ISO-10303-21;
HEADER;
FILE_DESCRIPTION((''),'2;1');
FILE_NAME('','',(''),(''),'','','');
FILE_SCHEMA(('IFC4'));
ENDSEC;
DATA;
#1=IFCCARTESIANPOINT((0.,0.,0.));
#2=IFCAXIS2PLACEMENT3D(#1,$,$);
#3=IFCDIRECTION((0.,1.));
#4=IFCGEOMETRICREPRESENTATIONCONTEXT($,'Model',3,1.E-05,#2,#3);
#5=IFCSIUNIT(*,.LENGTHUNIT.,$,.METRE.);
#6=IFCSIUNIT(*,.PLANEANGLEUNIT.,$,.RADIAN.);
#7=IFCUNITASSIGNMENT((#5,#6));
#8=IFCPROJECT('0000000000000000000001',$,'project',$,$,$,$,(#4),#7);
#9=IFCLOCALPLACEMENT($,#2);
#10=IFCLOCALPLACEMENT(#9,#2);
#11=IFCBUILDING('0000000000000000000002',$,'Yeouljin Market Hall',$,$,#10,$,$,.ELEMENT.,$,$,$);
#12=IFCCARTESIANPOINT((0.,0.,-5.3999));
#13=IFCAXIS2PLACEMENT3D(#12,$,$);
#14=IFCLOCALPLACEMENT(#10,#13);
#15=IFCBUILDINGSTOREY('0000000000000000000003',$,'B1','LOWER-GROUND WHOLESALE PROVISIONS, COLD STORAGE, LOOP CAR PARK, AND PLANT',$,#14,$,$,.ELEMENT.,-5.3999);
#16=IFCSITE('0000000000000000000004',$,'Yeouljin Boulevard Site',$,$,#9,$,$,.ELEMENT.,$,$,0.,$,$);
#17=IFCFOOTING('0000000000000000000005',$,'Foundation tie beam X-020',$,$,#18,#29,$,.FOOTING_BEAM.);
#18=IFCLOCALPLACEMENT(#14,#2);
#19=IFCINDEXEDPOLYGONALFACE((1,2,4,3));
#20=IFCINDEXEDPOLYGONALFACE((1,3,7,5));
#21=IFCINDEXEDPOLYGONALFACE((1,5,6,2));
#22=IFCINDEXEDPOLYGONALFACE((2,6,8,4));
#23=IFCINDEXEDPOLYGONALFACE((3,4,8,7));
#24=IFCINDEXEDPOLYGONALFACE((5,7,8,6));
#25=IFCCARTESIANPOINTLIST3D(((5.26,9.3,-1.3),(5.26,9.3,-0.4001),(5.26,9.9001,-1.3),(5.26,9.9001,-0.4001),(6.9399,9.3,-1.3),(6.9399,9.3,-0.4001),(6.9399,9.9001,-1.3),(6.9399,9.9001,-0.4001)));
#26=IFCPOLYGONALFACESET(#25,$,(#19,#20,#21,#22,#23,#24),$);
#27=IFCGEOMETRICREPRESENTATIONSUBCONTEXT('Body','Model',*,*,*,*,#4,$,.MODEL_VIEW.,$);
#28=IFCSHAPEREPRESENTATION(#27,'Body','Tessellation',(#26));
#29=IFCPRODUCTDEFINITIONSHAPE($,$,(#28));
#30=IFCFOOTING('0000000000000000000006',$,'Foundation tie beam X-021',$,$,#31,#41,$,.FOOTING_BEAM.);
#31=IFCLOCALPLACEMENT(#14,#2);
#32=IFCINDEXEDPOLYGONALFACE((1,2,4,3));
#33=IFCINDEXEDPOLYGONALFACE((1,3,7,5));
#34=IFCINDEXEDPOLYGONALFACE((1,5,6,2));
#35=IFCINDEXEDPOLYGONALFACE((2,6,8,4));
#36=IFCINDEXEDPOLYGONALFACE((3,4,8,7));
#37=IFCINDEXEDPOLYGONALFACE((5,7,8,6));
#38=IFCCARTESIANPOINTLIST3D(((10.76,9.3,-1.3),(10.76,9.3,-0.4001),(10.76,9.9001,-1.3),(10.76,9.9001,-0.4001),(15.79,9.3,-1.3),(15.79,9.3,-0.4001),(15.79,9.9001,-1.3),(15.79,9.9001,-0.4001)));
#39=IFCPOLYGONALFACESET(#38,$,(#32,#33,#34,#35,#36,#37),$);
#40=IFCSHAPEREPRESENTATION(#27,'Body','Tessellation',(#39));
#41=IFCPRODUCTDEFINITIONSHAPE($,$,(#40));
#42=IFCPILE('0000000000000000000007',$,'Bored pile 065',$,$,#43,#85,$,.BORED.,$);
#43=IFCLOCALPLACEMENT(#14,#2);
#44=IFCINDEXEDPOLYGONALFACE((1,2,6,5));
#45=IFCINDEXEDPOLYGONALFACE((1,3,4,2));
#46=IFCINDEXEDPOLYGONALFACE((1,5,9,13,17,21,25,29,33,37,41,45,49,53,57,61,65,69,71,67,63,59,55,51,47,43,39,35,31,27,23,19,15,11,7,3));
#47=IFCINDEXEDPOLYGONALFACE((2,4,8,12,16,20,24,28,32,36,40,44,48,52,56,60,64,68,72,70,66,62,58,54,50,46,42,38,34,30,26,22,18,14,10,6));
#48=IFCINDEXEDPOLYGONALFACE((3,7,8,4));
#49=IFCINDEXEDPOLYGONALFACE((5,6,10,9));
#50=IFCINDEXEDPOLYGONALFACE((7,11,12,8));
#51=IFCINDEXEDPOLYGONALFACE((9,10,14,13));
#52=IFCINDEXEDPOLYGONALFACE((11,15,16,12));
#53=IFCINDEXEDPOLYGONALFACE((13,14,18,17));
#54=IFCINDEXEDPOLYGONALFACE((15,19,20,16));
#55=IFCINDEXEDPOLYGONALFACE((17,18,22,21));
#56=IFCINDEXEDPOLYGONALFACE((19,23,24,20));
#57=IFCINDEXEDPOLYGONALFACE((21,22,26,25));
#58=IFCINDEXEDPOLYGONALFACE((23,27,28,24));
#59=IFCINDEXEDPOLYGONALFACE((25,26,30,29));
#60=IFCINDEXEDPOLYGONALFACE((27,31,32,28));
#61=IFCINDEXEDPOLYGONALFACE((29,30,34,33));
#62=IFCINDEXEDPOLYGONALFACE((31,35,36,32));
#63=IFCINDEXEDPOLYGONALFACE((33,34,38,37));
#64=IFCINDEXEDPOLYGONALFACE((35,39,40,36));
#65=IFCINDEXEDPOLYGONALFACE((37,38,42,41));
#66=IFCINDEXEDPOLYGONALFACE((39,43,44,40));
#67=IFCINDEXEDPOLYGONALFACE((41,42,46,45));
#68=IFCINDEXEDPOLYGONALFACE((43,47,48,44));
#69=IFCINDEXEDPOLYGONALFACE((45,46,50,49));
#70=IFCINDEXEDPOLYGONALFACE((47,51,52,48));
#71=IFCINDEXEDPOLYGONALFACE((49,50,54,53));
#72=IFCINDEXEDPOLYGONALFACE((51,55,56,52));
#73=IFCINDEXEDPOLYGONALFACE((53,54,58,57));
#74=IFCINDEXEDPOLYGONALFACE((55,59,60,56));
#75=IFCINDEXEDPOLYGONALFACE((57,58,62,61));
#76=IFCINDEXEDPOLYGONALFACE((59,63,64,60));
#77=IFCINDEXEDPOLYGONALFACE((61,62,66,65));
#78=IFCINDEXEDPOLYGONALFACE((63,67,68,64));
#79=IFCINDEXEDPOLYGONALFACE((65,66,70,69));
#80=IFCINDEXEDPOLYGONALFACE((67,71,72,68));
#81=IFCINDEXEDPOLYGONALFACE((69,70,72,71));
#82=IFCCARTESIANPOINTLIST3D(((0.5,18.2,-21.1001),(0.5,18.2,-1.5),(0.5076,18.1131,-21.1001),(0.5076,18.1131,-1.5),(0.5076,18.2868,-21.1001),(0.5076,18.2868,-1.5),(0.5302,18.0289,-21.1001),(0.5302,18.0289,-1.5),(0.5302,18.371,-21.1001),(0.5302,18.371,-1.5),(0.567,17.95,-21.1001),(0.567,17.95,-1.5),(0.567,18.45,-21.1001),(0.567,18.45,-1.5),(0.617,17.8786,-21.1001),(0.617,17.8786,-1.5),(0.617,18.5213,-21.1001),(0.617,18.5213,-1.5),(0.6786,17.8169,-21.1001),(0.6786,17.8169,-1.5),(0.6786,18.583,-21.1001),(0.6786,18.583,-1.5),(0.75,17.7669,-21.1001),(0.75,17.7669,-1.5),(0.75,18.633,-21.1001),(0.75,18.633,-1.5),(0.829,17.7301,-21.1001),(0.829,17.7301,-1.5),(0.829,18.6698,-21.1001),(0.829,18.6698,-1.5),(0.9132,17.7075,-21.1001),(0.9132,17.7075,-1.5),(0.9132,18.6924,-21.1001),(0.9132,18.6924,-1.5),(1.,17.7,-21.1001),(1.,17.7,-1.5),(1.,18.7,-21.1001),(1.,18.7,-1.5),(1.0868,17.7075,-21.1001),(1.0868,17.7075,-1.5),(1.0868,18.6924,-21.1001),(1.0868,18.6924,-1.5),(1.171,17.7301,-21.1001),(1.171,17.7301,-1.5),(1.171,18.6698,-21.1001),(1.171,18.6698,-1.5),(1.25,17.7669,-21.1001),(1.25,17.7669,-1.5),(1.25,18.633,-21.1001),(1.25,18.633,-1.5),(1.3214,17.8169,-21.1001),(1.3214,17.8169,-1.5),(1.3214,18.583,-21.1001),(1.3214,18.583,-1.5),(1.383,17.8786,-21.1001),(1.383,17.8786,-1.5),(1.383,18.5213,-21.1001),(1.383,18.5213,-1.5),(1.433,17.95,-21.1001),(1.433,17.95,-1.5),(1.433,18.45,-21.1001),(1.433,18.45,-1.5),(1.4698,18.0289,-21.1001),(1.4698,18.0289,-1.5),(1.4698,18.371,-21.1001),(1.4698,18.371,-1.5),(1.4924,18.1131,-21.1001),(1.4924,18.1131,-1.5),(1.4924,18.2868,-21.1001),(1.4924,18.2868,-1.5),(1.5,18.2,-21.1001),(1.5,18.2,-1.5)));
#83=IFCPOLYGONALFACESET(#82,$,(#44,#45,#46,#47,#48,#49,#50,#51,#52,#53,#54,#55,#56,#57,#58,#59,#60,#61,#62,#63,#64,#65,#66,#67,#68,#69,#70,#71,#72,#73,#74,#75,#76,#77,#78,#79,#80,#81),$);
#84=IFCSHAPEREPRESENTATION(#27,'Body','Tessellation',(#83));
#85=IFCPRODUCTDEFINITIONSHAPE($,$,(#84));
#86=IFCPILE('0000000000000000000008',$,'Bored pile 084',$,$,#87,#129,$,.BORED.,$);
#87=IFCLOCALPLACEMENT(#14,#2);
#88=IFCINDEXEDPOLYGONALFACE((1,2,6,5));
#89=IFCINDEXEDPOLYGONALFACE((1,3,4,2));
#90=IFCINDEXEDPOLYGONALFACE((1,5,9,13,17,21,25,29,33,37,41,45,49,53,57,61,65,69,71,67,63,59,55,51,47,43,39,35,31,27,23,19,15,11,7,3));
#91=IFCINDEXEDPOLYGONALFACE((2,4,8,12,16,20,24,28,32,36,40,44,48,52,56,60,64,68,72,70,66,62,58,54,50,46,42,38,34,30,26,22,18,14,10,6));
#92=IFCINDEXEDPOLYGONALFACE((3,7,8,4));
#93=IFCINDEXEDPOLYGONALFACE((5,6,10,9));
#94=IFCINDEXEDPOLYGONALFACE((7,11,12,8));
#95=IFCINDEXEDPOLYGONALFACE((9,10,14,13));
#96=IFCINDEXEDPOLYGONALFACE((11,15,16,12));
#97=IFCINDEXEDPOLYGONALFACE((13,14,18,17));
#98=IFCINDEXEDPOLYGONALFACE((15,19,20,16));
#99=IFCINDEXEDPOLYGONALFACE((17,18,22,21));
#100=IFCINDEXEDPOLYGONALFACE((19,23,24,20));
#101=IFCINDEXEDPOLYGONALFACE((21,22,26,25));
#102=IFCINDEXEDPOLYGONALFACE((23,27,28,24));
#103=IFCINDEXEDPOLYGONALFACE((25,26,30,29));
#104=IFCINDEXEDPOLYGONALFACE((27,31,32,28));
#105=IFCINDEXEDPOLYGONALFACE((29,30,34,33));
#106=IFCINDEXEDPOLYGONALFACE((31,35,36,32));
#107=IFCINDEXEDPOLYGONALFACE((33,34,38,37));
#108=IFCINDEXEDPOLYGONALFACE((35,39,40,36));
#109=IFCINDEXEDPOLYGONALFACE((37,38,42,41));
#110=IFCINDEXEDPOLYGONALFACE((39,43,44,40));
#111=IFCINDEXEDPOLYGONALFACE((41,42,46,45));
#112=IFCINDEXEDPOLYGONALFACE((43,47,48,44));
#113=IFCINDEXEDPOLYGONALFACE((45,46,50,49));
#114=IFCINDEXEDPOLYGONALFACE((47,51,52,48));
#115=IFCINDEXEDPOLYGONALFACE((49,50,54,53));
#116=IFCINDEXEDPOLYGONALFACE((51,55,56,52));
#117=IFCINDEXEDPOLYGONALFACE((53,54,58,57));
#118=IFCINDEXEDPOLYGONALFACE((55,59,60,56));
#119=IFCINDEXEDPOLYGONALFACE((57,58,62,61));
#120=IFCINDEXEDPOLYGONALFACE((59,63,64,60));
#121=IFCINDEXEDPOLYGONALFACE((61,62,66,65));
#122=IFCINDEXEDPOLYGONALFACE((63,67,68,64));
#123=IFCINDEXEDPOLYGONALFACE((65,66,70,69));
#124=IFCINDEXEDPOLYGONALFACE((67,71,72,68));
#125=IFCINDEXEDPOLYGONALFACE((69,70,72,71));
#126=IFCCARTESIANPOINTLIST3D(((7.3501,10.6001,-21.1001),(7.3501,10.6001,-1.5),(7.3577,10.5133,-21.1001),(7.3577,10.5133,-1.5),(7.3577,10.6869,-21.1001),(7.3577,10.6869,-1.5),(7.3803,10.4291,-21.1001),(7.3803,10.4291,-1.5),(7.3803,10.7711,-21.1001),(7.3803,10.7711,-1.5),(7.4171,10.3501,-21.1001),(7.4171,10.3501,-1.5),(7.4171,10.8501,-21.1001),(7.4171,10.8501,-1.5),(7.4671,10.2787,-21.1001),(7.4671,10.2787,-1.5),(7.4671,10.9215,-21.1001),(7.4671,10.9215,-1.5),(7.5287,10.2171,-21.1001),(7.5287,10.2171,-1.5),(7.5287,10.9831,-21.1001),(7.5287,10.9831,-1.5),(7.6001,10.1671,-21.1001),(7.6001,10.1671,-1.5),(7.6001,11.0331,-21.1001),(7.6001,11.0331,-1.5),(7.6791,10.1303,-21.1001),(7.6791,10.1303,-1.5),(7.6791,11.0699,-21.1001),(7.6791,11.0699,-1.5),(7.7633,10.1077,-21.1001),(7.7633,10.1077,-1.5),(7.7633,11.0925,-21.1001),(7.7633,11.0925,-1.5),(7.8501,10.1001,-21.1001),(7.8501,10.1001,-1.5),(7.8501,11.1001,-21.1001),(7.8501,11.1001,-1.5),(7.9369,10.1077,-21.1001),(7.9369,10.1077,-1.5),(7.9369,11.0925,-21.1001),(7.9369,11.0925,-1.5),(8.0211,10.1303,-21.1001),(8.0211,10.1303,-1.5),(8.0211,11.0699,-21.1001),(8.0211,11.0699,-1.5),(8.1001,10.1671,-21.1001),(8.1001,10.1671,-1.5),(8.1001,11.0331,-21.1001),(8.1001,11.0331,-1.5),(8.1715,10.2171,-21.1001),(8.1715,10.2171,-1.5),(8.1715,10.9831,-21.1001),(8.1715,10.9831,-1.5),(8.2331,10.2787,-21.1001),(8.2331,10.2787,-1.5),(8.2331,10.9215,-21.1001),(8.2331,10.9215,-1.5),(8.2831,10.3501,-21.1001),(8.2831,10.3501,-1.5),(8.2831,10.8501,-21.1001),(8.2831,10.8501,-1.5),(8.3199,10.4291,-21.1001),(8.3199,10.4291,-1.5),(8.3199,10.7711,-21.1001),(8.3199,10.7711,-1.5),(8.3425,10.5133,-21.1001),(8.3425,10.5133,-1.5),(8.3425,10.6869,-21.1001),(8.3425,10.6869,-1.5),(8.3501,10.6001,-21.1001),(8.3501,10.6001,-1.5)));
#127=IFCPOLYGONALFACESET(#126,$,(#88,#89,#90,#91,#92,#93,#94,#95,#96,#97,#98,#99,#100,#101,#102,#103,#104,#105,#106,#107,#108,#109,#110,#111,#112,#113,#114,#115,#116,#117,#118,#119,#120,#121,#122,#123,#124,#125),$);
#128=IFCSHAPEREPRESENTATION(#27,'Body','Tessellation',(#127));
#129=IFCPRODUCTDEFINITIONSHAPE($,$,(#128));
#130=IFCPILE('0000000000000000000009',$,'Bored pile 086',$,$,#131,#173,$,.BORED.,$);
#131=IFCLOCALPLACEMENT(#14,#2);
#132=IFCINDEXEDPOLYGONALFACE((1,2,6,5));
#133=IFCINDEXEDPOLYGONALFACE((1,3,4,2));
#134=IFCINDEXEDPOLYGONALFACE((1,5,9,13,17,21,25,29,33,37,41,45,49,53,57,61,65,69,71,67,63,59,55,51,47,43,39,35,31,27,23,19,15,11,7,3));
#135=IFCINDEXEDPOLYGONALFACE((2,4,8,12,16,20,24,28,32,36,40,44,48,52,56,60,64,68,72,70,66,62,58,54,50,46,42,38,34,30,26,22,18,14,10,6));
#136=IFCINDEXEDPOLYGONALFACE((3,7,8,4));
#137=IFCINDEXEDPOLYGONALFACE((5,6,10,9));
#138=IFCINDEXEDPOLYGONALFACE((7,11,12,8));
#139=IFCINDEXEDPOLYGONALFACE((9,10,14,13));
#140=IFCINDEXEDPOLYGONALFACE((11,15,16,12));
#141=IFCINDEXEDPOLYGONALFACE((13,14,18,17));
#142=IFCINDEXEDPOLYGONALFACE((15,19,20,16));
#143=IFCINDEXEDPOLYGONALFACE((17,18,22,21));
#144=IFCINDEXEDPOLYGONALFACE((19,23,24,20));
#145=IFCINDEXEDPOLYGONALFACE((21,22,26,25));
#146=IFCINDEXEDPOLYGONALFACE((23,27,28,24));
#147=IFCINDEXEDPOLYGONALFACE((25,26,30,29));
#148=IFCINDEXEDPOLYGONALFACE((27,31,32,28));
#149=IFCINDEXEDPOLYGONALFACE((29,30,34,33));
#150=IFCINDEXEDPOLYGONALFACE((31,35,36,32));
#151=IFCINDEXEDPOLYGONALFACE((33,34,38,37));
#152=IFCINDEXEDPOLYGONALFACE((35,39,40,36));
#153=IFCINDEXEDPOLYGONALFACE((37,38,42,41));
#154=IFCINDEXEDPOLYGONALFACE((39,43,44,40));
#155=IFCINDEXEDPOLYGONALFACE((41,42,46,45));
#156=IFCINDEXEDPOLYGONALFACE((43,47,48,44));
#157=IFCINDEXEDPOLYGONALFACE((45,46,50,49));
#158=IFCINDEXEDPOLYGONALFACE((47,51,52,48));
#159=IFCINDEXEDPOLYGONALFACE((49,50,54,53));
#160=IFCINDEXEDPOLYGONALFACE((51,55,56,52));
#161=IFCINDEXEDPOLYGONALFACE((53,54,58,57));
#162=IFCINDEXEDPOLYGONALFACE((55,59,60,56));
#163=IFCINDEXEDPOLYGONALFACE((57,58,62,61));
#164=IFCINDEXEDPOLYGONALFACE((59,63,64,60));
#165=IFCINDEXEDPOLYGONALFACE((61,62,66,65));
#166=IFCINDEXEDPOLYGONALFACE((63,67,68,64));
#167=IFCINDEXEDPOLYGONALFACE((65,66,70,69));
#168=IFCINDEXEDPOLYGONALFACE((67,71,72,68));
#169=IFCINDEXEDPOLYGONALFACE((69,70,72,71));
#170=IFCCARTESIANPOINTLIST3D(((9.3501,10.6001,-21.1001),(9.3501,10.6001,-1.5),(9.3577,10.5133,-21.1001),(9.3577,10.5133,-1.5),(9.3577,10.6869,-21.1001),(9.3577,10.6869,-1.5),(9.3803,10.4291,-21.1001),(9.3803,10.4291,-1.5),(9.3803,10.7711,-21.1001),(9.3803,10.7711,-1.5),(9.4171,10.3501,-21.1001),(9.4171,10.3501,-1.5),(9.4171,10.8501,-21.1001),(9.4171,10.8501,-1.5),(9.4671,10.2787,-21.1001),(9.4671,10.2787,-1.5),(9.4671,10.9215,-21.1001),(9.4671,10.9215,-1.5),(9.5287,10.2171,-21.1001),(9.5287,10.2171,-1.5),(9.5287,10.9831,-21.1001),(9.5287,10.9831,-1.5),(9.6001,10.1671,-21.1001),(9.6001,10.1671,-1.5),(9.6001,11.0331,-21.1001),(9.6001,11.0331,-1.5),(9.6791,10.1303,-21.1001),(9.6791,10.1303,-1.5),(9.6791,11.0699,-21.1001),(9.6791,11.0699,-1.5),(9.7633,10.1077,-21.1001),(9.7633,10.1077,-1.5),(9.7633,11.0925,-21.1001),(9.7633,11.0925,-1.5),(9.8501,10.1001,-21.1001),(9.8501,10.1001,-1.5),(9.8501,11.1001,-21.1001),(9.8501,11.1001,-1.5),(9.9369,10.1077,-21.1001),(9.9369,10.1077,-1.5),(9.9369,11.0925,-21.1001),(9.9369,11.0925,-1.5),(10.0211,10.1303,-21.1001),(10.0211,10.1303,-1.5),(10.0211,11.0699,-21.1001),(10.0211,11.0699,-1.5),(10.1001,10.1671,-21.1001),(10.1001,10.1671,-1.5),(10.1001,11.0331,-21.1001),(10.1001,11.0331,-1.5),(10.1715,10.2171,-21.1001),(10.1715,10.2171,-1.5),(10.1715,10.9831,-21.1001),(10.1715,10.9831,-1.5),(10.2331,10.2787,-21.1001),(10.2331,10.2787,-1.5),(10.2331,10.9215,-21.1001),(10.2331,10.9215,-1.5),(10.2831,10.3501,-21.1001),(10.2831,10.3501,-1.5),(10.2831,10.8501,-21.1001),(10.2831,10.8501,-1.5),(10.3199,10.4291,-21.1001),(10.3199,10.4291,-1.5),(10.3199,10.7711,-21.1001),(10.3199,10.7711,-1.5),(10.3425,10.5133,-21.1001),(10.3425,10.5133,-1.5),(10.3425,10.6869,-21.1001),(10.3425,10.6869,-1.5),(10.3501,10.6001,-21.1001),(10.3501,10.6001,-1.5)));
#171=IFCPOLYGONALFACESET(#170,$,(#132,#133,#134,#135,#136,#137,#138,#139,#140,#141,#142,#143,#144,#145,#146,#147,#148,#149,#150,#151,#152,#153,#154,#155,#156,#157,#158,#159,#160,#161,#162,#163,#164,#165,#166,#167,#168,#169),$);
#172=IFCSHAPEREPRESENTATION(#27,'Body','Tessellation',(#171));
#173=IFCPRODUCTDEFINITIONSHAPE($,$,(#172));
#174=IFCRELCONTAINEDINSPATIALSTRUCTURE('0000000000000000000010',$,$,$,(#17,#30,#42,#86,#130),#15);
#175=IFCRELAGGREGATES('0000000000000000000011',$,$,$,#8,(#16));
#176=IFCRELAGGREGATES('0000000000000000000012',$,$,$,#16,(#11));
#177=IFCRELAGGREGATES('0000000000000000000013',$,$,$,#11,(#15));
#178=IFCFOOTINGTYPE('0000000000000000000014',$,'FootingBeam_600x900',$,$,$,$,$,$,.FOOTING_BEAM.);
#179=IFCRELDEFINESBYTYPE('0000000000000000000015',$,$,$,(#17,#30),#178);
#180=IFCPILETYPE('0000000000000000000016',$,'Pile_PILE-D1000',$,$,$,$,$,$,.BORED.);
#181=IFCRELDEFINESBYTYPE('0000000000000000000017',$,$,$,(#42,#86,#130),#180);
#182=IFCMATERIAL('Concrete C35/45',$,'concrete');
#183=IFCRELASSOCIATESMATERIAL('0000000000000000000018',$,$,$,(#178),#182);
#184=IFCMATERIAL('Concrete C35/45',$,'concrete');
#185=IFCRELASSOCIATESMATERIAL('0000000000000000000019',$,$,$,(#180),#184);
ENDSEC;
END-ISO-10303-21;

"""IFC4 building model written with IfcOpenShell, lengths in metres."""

from ifc_helpers import new_model, si_unit, direction, frame, origin, origin_2d, place, context, subcontext, project, spatial, rectangle, circle, extrude, material, material_profile, profile_set, type_object, element, save


model = new_model("IFC4")

# Units and contexts
model_context = context("Model", 3, precision=1e-05, world=origin(), true_north=direction((0.0, 1.0)))
body_context = subcontext(model_context, "Body", "Model", "MODEL_VIEW")
ifc_project = project(units=[si_unit("LENGTHUNIT", "METRE"), si_unit("PLANEANGLEUNIT", "RADIAN")], contexts=[model_context])

# Site, building, storey
site_placement = place(None, origin())
site = spatial("IfcSite", under=ifc_project, at=site_placement, Name="Yeouljin Boulevard Site", CompositionType="ELEMENT", RefElevation=0.0)
building_placement = place(site_placement, origin())
building = spatial("IfcBuilding", under=site, at=building_placement, Name="Yeouljin Market Hall", CompositionType="ELEMENT")
storey_placement = place(building_placement, frame((0.0, 0.0, -5.3999)))
storey = spatial("IfcBuildingStorey", under=building, at=storey_placement, Name="B1", Description="LOWER-GROUND WHOLESALE PROVISIONS, COLD STORAGE, LOOP CAR PARK, AND PLANT", CompositionType="ELEMENT", Elevation=-5.3999)

# Footings
ifc_material_1 = material(Name="Concrete C35/45", Category="concrete")
ifc_material_profile_1 = material_profile(ifc_material_1, rectangle(XDim=0.6001, YDim=0.8999, at=origin_2d()), Name="RC-600x900")
ifc_profile_set_1 = profile_set([ifc_material_profile_1], Name="Concrete C35/45")
footing_type_1 = type_object("IfcFootingType", Name="FootingBeam_600x900", PredefinedType="FOOTING_BEAM", material=ifc_profile_set_1)
footing_1_placement = place(storey_placement, frame((5.26, 9.6001, -0.8501), z_axis=(1.0, 0.0, 0.0), x_axis=(0.0, 1.0, 0.0)))
element("IfcFooting", 1, at=footing_1_placement, inside=storey, type_object=footing_type_1, Name="Foundation tie beam X-020", PredefinedType="FOOTING_BEAM", context=body_context, shape_type="SweptSolid", body=[
    extrude(rectangle(XDim=0.6001, YDim=0.8999, at=origin_2d()), origin(), (0.0, 0.0, 1.0), 1.6799),
])
footing_2_placement = place(storey_placement, frame((10.76, 9.6001, -0.8501), z_axis=(1.0, 0.0, 0.0), x_axis=(0.0, 1.0, 0.0)))
element("IfcFooting", 2, at=footing_2_placement, inside=storey, type_object=footing_type_1, Name="Foundation tie beam X-021", PredefinedType="FOOTING_BEAM", context=body_context, shape_type="SweptSolid", body=[
    extrude(rectangle(XDim=0.6001, YDim=0.8999, at=origin_2d()), origin(), (0.0, 0.0, 1.0), 5.03),
])

# Piles
ifc_material_2 = material(Name="Concrete C35/45", Category="concrete")
ifc_material_profile_2 = material_profile(ifc_material_2, circle(Radius=0.5, at=origin_2d()), Name="PILE-D1000")
ifc_profile_set_2 = profile_set([ifc_material_profile_2], Name="Concrete C35/45")
pile_type_1 = type_object("IfcPileType", Name="Pile_PILE-D1000", PredefinedType="BORED", material=ifc_profile_set_2)
for number, where, z_axis, x_axis, name in (
    (3, (1.0, 18.2, -1.5), (0.0, 0.0, -1.0), (1.0, 0.0, 0.0), "Bored pile 065"),
    (4, (7.8501, 10.6001, -1.5), (0.0, 0.0, -1.0), (1.0, 0.0, 0.0), "Bored pile 084"),
    (5, (9.8501, 10.6001, -1.5), (0.0, 0.0, -1.0), (1.0, 0.0, 0.0), "Bored pile 086"),
):
    element("IfcPile", number, at=place(storey_placement, frame(where, z_axis=z_axis, x_axis=x_axis)), inside=storey, type_object=pile_type_1, Name=name, PredefinedType="BORED", context=body_context, shape_type="SweptSolid", body=[
        extrude(circle(Radius=0.5, at=origin_2d()), origin(), (0.0, 0.0, 1.0), 19.6001),
    ])

save(model, "model.ifc")
